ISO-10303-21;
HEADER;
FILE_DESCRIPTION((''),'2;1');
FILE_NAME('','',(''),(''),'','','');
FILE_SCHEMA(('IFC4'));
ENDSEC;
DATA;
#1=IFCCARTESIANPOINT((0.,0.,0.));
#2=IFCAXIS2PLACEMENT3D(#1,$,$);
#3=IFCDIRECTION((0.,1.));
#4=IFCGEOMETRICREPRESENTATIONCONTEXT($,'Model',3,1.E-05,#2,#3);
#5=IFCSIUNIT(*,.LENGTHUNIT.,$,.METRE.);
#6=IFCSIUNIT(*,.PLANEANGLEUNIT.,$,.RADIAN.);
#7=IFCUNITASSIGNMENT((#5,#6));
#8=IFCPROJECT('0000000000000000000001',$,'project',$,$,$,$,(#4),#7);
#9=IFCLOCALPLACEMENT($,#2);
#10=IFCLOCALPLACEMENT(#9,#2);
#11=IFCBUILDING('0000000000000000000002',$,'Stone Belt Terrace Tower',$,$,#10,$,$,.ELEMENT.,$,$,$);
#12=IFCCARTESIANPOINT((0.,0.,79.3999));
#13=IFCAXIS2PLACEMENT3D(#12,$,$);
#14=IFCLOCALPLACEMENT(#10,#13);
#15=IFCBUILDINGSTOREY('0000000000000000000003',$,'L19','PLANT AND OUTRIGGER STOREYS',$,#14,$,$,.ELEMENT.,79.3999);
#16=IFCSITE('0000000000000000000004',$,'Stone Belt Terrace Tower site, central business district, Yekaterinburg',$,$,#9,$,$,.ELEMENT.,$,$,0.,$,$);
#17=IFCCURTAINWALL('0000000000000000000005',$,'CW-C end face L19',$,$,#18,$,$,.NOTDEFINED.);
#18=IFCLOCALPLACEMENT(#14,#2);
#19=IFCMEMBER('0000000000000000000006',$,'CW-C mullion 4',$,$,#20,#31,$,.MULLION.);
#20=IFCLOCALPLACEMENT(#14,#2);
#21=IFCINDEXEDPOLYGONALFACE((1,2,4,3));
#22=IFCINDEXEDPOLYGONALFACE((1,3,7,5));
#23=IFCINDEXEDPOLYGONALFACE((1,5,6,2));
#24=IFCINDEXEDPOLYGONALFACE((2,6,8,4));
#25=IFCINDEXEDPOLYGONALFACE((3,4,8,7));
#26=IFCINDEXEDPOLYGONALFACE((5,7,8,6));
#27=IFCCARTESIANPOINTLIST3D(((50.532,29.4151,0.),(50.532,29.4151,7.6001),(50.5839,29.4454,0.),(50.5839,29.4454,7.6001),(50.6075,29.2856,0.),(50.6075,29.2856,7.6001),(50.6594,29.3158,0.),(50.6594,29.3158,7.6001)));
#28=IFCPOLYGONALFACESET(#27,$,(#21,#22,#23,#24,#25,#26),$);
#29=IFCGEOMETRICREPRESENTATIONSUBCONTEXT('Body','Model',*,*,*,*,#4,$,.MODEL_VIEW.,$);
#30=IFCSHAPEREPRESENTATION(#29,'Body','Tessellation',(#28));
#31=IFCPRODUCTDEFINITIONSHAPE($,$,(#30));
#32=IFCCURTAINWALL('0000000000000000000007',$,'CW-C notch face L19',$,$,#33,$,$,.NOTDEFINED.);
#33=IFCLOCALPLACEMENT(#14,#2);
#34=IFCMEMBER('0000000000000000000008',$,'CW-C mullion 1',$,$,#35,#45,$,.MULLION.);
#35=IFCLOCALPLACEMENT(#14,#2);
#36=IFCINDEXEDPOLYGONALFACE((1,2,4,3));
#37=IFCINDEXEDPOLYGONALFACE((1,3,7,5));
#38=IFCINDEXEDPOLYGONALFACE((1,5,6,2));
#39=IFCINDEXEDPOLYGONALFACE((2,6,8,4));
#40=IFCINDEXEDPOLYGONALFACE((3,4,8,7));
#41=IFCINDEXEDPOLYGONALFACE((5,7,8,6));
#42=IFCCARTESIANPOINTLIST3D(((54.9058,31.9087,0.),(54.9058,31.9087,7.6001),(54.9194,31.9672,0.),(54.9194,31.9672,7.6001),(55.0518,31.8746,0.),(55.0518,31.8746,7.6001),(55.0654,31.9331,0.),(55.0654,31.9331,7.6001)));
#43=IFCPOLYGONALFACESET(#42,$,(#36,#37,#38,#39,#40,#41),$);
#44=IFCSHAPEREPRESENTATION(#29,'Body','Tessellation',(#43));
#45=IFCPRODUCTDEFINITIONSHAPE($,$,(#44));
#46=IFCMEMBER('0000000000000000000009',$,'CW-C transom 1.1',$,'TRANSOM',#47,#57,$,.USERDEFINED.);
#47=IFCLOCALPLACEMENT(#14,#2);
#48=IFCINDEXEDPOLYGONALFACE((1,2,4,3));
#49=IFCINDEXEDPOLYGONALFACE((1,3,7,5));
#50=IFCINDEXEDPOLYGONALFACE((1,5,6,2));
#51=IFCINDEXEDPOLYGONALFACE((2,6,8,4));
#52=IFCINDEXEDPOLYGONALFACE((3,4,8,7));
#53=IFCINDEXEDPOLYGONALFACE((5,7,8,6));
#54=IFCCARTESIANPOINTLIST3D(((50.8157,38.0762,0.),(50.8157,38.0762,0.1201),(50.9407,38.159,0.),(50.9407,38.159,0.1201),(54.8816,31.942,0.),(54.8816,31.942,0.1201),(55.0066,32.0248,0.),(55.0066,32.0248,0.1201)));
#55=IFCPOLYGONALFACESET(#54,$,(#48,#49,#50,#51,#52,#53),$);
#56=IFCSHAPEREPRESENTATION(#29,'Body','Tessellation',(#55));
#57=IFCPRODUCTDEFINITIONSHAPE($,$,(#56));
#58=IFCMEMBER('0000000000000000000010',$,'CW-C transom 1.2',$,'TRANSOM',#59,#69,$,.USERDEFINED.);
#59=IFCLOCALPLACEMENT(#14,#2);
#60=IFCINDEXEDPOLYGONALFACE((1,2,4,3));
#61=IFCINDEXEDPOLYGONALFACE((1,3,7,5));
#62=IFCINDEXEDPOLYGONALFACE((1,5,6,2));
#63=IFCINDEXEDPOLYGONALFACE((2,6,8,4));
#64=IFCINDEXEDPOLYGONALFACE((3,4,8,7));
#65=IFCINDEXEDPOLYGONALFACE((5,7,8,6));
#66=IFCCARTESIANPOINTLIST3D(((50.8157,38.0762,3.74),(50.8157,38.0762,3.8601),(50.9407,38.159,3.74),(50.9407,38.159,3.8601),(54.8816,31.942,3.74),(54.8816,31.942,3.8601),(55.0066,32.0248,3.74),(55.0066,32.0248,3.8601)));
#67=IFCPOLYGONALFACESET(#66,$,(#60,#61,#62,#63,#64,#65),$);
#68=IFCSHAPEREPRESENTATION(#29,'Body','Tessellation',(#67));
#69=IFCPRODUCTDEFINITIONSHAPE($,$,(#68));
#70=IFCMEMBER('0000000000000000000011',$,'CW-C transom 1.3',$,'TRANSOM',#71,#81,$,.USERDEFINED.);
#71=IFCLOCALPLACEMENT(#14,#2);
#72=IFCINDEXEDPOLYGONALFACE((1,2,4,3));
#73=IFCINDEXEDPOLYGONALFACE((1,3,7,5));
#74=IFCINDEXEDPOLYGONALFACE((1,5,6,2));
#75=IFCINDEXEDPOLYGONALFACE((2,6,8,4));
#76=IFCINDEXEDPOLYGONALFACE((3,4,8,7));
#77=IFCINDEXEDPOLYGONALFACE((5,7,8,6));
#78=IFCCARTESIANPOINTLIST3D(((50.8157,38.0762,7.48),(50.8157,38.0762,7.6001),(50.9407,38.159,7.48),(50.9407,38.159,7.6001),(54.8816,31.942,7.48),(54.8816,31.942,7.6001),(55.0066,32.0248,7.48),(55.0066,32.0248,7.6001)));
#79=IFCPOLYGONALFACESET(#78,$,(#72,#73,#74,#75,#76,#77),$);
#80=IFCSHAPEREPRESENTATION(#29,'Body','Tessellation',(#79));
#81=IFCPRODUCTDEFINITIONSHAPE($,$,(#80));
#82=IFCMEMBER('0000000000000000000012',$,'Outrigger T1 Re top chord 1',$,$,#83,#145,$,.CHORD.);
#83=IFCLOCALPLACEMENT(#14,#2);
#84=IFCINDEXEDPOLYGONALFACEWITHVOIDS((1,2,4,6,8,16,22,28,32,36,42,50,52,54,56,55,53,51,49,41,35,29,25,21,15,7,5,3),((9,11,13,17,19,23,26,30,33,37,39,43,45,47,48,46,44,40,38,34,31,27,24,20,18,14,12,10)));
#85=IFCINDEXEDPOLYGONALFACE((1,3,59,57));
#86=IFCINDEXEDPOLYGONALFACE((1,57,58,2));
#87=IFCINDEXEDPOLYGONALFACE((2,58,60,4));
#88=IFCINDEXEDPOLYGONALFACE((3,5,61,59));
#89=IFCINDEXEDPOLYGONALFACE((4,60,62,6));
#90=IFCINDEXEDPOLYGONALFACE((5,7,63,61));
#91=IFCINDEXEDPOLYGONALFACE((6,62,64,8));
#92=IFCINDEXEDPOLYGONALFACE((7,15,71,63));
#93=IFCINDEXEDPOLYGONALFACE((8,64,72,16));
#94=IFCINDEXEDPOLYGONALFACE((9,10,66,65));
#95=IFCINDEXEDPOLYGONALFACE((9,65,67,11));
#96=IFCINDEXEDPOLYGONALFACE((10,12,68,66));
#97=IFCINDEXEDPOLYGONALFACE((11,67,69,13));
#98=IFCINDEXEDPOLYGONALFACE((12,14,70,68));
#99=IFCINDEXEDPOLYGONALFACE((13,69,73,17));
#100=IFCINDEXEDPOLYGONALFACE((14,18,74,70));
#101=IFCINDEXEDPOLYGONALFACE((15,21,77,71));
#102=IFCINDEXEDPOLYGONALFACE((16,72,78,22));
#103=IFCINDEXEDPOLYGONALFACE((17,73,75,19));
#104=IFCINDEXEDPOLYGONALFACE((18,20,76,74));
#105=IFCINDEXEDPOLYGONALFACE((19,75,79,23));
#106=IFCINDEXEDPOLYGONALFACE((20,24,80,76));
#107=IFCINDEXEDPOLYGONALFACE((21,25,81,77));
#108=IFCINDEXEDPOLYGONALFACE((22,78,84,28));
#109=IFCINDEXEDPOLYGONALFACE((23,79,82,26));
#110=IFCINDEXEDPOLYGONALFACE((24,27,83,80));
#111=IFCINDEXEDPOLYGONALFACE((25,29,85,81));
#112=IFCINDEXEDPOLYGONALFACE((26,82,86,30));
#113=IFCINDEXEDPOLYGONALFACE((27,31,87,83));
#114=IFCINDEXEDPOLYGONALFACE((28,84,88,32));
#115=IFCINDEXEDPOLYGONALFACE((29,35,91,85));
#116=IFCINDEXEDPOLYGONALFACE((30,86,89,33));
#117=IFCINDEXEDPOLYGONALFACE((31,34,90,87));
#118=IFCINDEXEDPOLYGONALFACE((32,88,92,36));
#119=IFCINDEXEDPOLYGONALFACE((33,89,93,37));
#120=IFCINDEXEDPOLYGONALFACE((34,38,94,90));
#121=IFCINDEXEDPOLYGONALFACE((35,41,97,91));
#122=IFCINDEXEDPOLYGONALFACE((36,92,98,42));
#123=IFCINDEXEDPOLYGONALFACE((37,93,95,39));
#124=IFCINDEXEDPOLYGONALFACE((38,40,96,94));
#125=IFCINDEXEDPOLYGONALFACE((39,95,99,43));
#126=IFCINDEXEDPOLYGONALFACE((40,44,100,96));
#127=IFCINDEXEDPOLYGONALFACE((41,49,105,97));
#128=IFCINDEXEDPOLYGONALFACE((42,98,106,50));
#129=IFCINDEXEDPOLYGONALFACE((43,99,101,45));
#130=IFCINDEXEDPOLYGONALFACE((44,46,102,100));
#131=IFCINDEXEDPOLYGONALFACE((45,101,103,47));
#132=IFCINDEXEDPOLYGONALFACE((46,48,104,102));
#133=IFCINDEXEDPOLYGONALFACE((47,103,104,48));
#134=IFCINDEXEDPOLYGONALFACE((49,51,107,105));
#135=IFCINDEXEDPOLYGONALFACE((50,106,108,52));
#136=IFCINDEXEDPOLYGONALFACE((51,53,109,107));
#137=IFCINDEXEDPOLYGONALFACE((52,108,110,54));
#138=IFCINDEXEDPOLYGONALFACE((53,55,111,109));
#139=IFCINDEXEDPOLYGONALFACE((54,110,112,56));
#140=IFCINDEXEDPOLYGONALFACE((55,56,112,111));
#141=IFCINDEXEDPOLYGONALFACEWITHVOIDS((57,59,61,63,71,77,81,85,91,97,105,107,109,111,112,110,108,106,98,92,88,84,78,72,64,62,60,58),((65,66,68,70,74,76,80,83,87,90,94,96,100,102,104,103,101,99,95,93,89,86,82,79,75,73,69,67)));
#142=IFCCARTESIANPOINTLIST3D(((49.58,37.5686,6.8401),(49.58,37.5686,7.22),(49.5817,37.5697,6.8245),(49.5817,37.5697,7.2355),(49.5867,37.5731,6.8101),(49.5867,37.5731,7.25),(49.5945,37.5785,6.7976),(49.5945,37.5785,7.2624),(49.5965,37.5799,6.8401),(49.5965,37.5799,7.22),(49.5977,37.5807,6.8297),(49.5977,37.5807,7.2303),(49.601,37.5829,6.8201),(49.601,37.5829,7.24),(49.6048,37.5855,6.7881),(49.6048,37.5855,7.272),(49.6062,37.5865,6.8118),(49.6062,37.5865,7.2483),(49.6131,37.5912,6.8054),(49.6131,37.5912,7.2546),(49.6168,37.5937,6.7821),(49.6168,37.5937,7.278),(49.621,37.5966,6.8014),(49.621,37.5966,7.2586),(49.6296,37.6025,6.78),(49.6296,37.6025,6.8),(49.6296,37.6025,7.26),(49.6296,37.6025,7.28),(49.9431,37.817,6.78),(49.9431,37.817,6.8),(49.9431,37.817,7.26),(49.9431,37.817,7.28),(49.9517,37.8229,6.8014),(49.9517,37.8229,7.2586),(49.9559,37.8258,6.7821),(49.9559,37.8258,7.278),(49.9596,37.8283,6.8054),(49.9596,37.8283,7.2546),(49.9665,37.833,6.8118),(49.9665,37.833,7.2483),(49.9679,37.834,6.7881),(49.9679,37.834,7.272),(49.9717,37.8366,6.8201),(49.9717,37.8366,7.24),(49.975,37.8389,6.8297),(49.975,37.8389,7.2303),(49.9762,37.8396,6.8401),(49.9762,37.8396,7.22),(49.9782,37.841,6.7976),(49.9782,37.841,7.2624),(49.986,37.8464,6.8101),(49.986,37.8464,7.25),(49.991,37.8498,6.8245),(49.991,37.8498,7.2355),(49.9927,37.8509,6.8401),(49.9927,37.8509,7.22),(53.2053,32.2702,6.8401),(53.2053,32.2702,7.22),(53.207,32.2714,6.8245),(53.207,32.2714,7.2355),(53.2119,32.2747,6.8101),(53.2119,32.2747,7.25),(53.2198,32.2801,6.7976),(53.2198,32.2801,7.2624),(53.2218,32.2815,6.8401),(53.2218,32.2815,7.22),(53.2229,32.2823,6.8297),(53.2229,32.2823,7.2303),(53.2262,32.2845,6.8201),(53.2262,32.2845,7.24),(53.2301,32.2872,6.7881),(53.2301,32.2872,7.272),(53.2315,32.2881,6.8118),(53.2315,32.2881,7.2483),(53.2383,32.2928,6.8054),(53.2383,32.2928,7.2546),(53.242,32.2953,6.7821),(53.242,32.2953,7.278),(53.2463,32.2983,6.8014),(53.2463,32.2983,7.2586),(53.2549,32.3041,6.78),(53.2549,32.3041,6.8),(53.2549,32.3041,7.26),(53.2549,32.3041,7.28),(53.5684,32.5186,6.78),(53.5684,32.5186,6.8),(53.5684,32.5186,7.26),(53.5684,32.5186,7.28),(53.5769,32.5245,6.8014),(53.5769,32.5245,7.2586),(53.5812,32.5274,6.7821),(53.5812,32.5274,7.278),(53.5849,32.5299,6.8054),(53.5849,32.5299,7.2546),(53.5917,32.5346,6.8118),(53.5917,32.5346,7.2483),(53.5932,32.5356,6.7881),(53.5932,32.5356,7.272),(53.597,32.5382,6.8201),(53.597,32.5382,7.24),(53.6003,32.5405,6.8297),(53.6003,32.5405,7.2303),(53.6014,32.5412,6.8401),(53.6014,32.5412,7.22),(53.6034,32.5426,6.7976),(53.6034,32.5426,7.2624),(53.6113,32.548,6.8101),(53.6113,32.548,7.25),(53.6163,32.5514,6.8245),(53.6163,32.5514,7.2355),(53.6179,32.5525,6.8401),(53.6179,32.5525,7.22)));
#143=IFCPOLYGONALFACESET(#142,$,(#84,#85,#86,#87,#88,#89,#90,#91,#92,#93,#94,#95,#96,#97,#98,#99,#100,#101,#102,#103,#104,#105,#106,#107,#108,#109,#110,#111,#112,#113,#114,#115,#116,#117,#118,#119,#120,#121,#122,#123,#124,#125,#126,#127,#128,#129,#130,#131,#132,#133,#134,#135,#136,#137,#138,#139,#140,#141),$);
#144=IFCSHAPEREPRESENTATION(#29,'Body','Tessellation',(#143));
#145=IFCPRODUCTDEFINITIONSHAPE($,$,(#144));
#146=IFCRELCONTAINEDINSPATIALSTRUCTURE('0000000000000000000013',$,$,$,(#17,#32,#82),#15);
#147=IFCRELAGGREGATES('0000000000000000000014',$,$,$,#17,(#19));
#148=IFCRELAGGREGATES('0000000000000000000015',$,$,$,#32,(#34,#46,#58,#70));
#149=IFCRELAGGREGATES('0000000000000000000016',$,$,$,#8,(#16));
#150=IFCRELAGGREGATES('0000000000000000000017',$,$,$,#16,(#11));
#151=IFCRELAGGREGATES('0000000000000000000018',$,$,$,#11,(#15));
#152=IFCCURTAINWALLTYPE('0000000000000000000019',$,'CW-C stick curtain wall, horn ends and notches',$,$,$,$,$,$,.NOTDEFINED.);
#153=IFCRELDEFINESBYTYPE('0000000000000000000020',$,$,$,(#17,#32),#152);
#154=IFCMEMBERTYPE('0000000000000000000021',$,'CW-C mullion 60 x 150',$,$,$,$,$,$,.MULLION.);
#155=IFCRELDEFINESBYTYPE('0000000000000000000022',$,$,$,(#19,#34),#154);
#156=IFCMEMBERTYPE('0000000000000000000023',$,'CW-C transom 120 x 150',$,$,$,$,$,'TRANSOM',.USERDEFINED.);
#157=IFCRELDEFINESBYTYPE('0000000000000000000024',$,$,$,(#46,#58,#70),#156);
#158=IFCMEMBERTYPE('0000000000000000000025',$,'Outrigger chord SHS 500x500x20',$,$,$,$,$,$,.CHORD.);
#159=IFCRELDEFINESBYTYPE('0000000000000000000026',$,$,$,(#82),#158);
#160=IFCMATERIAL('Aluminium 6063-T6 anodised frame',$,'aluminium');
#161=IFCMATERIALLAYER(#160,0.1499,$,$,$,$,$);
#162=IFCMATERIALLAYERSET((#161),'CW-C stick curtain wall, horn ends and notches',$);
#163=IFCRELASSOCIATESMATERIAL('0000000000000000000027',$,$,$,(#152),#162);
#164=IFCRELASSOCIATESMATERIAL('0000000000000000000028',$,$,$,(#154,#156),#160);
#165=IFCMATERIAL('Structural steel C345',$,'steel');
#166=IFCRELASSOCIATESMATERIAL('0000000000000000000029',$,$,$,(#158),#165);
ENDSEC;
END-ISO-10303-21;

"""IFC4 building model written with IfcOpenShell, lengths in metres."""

from ifc_helpers import new_model, si_unit, direction, frame, origin, origin_2d, place, context, subcontext, project, spatial, rectangle, hollow_rectangle, extrude, material, layer, layer_set, material_profile, profile_set, type_object, element, aggregate, save


model = new_model("IFC4")

# Units and contexts
model_context = context("Model", 3, precision=1e-05, world=origin(), true_north=direction((0.0, 1.0)))
body_context = subcontext(model_context, "Body", "Model", "MODEL_VIEW")
ifc_project = project(units=[si_unit("LENGTHUNIT", "METRE"), si_unit("PLANEANGLEUNIT", "RADIAN")], contexts=[model_context])

# Site, building, storey
site_placement = place(None, origin())
site = spatial("IfcSite", under=ifc_project, at=site_placement, Name="Stone Belt Terrace Tower site, central business district, Yekaterinburg", CompositionType="ELEMENT", RefElevation=0.0)
building_placement = place(site_placement, origin())
building = spatial("IfcBuilding", under=site, at=building_placement, Name="Stone Belt Terrace Tower", CompositionType="ELEMENT")
storey_placement = place(building_placement, frame((0.0, 0.0, 79.3999)))
storey = spatial("IfcBuildingStorey", under=building, at=storey_placement, Name="L19", Description="PLANT AND OUTRIGGER STOREYS", CompositionType="ELEMENT", Elevation=79.3999)

# Curtain wall, member
ifc_material_1 = material(Name="Aluminium 6063-T6 anodised frame", Category="aluminium")
ifc_layer_1 = layer(ifc_material_1, 0.1499)
ifc_layer_set_1 = layer_set([ifc_layer_1], Name="CW-C stick curtain wall, horn ends and notches")
curtain_wall_type = type_object("IfcCurtainWallType", Name="CW-C stick curtain wall, horn ends and notches", PredefinedType="NOTDEFINED", material=ifc_layer_set_1)
curtain_wall_1_placement = place(storey_placement, origin())
curtain_wall_1 = element("IfcCurtainWall", 1, at=curtain_wall_1_placement, inside=storey, type_object=curtain_wall_type, Name="CW-C end face L19", PredefinedType="NOTDEFINED")
ifc_material_profile_1 = material_profile(ifc_material_1, rectangle(XDim=0.1499, YDim=0.0601, at=origin_2d()), Name="Aluminium 6063-T6 60x150")
ifc_profile_set_1 = profile_set([ifc_material_profile_1], Name="Aluminium 6063-T6 anodised frame")
member_type_1 = type_object("IfcMemberType", Name="CW-C mullion 60 x 150", PredefinedType="MULLION", material=ifc_profile_set_1)
member_1_placement = place(storey_placement, frame((50.5957, 29.3655, 0.0), z_axis=(0.0, 0.0, 1.0), x_axis=(-0.503081, 0.864239, 0.0)))
member_1 = element("IfcMember", 2, at=member_1_placement, type_object=member_type_1, Name="CW-C mullion 4", PredefinedType="MULLION", context=body_context, shape_type="SweptSolid", body=[
    extrude(rectangle(XDim=0.1499, YDim=0.0601, at=origin_2d()), origin(), (0.0, 0.0, 1.0), 7.6001),
])

# Curtain wall, members
curtain_wall_2_placement = place(storey_placement, origin())
curtain_wall_2 = element("IfcCurtainWall", 3, at=curtain_wall_2_placement, inside=storey, type_object=curtain_wall_type, Name="CW-C notch face L19", PredefinedType="NOTDEFINED")
member_2_placement = place(storey_placement, frame((54.9856, 31.9209, 0.0), z_axis=(0.0, 0.0, 1.0), x_axis=(-0.97386, 0.227147, 0.0)))
member_2 = element("IfcMember", 4, at=member_2_placement, type_object=member_type_1, Name="CW-C mullion 1", PredefinedType="MULLION", context=body_context, shape_type="SweptSolid", body=[
    extrude(rectangle(XDim=0.1499, YDim=0.0601, at=origin_2d()), origin(), (0.0, 0.0, 1.0), 7.6001),
])
ifc_material_profile_2 = material_profile(ifc_material_1, rectangle(XDim=0.1499, YDim=0.1201, at=origin_2d()), Name="Aluminium 6063-T6 150x120")
ifc_profile_set_2 = profile_set([ifc_material_profile_2], Name="Aluminium 6063-T6 anodised frame")
member_type_2 = type_object("IfcMemberType", Name="CW-C transom 120 x 150", ElementType="TRANSOM", PredefinedType="USERDEFINED", material=ifc_profile_set_2)
member_3_placement = place(storey_placement, frame((54.9441, 31.9834, 0.0601), z_axis=(-0.552478, 0.833527, 0.0), x_axis=(-0.833527, -0.552478, 0.0)))
member_3 = element("IfcMember", 5, at=member_3_placement, type_object=member_type_2, Name="CW-C transom 1.1", ObjectType="TRANSOM", PredefinedType="USERDEFINED", context=body_context, shape_type="SweptSolid", body=[
    extrude(rectangle(XDim=0.1499, YDim=0.1201, at=origin_2d()), origin(), (0.0, 0.0, 1.0), 7.3594),
])
member_4_placement = place(storey_placement, frame((54.9441, 31.9834, 3.8), z_axis=(-0.552478, 0.833527, 0.0), x_axis=(-0.833527, -0.552478, 0.0)))
member_4 = element("IfcMember", 6, at=member_4_placement, type_object=member_type_2, Name="CW-C transom 1.2", ObjectType="TRANSOM", PredefinedType="USERDEFINED", context=body_context, shape_type="SweptSolid", body=[
    extrude(rectangle(XDim=0.1499, YDim=0.1201, at=origin_2d()), origin(), (0.0, 0.0, 1.0), 7.3594),
])
member_5_placement = place(storey_placement, frame((54.9441, 31.9834, 7.54), z_axis=(-0.552478, 0.833527, 0.0), x_axis=(-0.833527, -0.552478, 0.0)))
member_5 = element("IfcMember", 7, at=member_5_placement, type_object=member_type_2, Name="CW-C transom 1.3", ObjectType="TRANSOM", PredefinedType="USERDEFINED", context=body_context, shape_type="SweptSolid", body=[
    extrude(rectangle(XDim=0.1499, YDim=0.1201, at=origin_2d()), origin(), (0.0, 0.0, 1.0), 7.3594),
])

# Member
ifc_material_2 = material(Name="Structural steel C345", Category="steel")
ifc_material_profile_3 = material_profile(ifc_material_2, hollow_rectangle(XDim=0.5, YDim=0.5, WallThickness=0.02, InnerFilletRadius=0.04, OuterFilletRadius=0.0601, at=origin_2d()), Name="SHS 500x500x20")
ifc_profile_set_3 = profile_set([ifc_material_profile_3], Name="Structural steel C345")
member_type_3 = type_object("IfcMemberType", Name="Outrigger chord SHS 500x500x20", PredefinedType="CHORD", material=ifc_profile_set_3)
for number, where, z_axis, x_axis, name in (
    (8, (53.4116, 32.4114, 7.03), (-0.564691, 0.825303, 0.0), (-0.825303, -0.564691, 0.0), "Outrigger T1 Re top chord 1"),
):
    element("IfcMember", number, at=place(storey_placement, frame(where, z_axis=z_axis, x_axis=x_axis)), inside=storey, type_object=member_type_3, Name=name, PredefinedType="CHORD", context=body_context, shape_type="SweptSolid", body=[
        extrude(hollow_rectangle(XDim=0.5, YDim=0.5, WallThickness=0.02, InnerFilletRadius=0.04, OuterFilletRadius=0.0601, at=origin_2d()), origin(), (0.0, 0.0, 1.0), 6.4199),
    ])

aggregate(curtain_wall_1, [member_1])
aggregate(curtain_wall_2, [member_2, member_3, member_4, member_5])

save(model, "model.ifc")
